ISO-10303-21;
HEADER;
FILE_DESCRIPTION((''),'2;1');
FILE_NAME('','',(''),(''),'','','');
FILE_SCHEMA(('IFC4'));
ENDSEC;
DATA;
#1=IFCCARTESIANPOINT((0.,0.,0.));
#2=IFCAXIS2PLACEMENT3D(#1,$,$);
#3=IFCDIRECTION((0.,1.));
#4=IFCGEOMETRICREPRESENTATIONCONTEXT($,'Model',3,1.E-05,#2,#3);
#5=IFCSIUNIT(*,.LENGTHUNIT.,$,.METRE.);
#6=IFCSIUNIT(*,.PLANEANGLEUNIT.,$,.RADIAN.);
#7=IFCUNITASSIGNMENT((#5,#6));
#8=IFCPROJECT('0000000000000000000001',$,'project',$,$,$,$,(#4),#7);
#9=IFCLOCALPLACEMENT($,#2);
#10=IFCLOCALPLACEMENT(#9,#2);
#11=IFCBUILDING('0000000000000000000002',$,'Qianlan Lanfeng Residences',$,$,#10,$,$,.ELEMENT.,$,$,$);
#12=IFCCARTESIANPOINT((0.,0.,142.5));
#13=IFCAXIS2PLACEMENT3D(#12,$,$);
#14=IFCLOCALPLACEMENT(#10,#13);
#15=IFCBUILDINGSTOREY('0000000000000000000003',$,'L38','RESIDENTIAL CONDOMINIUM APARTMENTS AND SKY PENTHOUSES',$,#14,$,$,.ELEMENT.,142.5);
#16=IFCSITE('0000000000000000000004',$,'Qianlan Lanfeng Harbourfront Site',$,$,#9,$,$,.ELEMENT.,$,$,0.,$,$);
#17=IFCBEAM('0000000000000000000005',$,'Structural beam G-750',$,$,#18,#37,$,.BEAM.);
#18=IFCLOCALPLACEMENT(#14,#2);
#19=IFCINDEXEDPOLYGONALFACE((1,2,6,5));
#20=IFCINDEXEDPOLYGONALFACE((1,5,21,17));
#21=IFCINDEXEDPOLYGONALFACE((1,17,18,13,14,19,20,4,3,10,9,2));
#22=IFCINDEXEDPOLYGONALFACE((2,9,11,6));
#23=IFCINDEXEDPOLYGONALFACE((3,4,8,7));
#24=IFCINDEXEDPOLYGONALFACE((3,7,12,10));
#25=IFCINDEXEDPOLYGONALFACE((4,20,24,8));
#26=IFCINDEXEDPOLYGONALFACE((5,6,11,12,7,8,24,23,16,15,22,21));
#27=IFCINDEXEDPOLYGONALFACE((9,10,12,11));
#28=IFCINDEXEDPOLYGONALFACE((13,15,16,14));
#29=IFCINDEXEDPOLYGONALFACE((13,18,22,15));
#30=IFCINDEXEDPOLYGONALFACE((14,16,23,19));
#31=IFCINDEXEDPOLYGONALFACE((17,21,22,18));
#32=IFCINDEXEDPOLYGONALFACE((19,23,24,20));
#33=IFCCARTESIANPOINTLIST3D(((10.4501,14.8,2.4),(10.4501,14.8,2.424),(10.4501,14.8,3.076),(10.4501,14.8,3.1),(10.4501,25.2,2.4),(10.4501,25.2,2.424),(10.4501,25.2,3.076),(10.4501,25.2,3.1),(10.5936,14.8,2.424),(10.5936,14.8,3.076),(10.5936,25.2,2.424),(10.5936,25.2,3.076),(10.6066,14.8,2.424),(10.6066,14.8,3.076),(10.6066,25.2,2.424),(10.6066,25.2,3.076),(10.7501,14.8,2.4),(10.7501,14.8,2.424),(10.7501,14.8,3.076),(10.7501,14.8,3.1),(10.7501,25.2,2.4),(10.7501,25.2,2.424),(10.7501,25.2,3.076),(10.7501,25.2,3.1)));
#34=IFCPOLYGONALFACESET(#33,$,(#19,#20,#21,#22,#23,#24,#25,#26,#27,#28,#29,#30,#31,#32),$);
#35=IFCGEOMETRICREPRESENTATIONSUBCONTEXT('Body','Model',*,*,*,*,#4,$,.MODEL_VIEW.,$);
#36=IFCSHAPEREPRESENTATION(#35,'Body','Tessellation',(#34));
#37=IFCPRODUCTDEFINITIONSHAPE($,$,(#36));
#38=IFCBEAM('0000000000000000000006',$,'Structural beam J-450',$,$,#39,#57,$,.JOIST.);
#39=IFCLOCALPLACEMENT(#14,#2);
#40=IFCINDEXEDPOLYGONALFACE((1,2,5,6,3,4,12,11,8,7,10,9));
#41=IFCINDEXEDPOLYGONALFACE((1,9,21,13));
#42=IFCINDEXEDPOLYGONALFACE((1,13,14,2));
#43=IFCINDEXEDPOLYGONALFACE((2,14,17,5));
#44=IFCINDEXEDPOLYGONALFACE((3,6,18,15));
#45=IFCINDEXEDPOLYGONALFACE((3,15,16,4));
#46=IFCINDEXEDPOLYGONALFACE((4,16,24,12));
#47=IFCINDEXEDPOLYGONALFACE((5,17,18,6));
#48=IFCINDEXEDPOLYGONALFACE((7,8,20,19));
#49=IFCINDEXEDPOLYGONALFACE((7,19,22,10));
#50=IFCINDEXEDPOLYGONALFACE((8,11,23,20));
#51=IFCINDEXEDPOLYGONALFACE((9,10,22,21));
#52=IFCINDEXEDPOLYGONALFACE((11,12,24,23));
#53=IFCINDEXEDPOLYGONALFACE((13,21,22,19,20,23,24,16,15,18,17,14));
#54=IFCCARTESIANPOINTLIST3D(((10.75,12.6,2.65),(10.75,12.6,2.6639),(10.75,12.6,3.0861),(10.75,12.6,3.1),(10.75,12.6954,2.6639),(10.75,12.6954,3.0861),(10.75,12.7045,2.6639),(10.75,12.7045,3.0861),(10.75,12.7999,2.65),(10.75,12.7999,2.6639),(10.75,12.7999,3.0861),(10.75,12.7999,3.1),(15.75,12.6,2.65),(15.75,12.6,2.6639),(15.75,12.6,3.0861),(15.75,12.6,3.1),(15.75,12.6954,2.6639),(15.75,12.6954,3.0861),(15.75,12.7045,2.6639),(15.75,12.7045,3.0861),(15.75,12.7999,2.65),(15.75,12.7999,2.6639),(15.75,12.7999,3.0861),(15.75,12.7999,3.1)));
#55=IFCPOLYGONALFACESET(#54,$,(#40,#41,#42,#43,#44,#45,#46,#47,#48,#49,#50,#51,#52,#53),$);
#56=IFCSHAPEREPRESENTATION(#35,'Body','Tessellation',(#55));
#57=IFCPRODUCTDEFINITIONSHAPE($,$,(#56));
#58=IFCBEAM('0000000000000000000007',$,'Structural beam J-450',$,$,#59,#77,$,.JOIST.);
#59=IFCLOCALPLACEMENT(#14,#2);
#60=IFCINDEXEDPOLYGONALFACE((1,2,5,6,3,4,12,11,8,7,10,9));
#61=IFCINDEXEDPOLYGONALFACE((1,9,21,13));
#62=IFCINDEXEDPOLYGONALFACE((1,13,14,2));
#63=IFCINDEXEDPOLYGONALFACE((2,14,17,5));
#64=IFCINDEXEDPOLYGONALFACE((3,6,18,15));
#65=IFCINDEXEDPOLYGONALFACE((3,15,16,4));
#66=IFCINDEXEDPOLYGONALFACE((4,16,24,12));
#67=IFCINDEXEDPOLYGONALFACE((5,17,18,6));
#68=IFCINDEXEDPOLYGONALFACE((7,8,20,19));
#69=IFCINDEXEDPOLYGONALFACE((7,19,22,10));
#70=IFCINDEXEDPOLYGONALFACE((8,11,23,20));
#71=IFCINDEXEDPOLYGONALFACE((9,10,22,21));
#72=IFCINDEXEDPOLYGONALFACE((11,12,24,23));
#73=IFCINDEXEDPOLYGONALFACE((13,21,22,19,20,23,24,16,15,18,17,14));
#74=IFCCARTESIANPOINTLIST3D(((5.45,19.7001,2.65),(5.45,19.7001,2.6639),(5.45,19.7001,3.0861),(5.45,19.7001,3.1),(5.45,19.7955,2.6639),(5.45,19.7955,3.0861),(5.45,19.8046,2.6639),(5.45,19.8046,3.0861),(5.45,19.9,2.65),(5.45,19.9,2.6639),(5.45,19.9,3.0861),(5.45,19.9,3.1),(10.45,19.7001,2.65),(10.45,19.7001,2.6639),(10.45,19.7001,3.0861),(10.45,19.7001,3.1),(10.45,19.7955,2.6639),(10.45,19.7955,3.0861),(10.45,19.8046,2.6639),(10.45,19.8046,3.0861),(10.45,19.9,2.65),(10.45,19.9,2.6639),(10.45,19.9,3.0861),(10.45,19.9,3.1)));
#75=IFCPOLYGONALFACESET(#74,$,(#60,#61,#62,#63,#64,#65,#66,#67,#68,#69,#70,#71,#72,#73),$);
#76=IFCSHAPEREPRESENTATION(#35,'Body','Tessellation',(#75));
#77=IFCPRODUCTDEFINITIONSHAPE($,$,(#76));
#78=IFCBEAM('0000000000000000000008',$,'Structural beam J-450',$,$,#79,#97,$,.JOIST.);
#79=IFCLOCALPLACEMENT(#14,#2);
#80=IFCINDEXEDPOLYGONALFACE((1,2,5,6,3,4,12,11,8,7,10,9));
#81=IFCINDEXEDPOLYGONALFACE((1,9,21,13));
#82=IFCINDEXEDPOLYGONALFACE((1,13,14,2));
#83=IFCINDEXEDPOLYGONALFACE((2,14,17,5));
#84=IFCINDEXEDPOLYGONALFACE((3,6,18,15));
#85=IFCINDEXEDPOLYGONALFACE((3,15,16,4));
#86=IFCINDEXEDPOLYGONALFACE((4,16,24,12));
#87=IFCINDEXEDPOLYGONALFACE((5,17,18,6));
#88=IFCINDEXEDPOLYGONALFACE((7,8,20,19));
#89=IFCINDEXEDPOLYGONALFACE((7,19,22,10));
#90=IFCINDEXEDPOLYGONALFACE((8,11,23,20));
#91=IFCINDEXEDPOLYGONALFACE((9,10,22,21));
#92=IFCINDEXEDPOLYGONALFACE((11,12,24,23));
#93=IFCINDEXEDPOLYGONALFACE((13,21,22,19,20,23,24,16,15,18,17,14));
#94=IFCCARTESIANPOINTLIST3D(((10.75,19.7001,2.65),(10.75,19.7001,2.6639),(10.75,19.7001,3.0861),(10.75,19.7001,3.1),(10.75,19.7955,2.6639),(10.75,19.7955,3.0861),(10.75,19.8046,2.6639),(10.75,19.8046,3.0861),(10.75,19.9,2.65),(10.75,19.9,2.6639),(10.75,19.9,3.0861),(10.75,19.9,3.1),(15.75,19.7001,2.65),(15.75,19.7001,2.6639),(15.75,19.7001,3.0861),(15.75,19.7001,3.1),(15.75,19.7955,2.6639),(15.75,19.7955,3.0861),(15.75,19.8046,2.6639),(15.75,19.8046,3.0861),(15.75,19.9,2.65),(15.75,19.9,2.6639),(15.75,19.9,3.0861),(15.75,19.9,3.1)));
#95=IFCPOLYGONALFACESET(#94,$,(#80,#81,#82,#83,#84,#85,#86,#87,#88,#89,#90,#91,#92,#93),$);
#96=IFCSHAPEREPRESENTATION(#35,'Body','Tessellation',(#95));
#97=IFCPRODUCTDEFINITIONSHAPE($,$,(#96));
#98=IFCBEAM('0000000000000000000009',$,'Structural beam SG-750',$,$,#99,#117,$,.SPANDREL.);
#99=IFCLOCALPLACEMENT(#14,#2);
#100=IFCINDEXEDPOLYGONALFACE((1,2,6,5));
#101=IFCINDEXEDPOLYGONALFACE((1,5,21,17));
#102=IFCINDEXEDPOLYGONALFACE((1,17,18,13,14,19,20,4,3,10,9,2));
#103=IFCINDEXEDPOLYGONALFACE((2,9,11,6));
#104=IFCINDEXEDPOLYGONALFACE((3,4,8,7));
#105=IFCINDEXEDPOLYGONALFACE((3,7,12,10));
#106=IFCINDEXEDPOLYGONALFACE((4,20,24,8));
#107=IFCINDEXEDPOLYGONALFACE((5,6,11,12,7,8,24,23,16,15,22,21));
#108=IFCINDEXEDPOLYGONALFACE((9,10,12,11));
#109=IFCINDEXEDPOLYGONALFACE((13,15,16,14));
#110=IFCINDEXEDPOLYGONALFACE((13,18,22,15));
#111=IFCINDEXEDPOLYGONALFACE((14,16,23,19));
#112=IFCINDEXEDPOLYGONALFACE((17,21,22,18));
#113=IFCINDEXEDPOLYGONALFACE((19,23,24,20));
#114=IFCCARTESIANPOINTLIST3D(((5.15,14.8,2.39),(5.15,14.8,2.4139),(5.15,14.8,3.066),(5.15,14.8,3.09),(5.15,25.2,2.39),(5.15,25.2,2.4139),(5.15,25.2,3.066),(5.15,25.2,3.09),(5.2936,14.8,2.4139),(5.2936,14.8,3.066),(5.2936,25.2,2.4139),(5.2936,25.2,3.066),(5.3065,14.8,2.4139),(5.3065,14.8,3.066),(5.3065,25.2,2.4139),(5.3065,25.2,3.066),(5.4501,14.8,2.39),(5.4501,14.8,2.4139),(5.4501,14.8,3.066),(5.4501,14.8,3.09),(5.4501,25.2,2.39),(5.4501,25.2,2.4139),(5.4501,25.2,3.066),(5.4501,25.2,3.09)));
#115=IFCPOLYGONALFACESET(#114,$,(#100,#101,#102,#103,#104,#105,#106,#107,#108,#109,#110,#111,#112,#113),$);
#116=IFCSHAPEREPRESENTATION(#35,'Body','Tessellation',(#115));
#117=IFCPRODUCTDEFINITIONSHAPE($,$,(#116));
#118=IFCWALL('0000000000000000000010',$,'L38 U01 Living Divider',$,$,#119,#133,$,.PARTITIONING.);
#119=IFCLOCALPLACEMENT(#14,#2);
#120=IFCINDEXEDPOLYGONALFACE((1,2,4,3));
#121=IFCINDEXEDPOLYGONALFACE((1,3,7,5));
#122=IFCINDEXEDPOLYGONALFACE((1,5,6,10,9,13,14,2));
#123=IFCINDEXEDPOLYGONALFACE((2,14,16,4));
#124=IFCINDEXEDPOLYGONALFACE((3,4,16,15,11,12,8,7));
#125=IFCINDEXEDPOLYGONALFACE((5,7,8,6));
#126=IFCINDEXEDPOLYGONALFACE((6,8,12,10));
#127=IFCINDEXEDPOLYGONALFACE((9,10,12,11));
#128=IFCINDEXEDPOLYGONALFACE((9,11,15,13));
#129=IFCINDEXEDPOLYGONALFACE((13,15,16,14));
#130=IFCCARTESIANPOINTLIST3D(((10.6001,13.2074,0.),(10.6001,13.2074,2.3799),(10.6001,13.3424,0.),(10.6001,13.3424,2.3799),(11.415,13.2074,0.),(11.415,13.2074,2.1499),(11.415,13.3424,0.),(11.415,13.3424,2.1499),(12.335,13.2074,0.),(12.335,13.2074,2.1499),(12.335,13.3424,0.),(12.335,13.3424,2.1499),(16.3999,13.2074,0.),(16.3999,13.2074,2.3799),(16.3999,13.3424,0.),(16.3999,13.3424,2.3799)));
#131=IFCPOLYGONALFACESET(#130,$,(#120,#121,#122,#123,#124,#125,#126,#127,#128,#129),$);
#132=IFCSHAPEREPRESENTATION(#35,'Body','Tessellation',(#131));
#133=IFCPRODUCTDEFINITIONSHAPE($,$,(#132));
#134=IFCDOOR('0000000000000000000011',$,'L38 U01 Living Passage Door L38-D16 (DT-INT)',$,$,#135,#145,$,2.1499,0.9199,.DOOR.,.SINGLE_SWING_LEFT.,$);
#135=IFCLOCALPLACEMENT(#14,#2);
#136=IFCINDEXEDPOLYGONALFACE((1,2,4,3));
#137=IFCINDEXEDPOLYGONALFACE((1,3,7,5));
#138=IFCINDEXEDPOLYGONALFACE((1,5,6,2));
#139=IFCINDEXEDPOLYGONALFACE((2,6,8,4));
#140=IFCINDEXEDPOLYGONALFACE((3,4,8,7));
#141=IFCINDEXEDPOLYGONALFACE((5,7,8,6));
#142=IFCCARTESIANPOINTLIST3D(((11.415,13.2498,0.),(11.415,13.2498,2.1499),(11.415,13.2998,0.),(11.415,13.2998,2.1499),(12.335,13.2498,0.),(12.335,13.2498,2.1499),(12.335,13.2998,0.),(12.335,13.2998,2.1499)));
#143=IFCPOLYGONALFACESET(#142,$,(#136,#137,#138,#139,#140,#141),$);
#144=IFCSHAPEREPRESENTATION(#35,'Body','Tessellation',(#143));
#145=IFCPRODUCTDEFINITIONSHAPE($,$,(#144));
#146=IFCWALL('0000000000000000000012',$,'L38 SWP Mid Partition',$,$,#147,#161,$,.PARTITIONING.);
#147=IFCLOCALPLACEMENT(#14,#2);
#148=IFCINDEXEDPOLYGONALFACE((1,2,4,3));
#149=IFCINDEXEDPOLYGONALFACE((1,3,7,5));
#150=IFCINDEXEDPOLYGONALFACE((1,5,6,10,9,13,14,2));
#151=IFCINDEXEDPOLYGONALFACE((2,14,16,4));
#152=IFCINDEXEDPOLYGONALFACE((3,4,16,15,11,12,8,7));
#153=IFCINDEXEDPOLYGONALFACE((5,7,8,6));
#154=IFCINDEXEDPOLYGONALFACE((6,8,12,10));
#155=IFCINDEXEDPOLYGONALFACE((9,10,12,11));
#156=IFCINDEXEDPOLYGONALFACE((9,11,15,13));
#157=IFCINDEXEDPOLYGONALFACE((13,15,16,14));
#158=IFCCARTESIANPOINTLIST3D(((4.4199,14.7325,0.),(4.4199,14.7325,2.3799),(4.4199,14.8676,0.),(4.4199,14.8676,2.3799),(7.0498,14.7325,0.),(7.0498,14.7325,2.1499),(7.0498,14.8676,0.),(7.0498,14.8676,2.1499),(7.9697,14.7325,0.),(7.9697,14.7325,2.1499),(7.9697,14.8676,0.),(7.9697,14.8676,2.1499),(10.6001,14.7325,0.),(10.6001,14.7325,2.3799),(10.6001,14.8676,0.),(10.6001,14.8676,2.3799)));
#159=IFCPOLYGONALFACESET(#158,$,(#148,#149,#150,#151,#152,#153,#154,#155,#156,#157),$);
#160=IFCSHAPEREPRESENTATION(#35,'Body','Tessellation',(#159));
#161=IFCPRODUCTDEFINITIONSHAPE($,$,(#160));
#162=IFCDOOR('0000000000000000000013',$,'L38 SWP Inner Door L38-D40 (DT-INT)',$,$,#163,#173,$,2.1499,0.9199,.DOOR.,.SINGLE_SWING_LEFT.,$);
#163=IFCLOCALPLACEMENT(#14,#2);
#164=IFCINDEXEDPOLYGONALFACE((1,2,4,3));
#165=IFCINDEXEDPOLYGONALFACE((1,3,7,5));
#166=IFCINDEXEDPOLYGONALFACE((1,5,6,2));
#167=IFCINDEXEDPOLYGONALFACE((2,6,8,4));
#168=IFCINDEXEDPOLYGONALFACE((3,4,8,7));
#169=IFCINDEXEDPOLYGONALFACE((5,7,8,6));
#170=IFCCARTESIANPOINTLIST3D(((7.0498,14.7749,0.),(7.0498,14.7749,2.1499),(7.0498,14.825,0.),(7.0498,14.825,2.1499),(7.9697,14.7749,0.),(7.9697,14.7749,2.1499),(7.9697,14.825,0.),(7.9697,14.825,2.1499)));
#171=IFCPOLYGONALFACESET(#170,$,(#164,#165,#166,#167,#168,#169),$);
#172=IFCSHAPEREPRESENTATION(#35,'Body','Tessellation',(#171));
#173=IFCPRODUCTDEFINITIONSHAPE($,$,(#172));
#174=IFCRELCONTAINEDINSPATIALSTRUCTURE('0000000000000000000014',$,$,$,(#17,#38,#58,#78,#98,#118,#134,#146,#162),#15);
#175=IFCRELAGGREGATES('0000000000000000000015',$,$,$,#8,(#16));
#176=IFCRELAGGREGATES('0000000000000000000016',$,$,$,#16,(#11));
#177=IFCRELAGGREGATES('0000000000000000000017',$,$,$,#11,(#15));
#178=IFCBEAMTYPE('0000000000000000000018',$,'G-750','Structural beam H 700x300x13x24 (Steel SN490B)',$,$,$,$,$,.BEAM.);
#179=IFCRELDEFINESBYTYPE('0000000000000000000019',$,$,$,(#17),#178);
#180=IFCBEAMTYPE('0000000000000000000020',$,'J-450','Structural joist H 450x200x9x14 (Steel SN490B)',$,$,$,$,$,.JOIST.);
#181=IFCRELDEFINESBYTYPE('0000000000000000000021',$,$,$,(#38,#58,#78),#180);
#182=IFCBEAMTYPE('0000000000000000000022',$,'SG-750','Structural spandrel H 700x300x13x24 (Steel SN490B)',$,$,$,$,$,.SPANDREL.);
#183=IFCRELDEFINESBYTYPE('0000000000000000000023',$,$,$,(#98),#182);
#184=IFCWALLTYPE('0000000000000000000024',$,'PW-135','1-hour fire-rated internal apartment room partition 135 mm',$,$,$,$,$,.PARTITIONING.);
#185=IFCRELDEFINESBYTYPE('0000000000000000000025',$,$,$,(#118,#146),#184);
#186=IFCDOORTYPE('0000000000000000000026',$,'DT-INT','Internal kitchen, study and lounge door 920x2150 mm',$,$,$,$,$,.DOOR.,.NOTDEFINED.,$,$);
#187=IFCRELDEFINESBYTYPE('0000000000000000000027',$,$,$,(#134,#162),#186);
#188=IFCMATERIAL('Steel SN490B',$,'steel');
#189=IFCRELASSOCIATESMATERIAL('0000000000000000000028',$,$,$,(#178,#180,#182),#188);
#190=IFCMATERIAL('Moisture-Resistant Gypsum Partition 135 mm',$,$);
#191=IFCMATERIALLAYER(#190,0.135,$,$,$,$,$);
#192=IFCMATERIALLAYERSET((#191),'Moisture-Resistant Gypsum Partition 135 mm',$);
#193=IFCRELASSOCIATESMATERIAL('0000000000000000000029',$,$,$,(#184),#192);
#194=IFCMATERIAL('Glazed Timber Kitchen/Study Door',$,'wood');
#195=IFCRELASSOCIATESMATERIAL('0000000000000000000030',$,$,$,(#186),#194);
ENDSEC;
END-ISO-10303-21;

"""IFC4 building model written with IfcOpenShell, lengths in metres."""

from ifc_helpers import new_model, si_unit, direction, frame, frame_2d, origin, origin_2d, place, context, subcontext, project, spatial, rectangle, i_section, extrude, material, layer, layer_set, material_profile, profile_set, type_object, element, fill, save


model = new_model("IFC4")

# Units and contexts
model_context = context("Model", 3, precision=1e-05, world=origin(), true_north=direction((0.0, 1.0)))
body_context = subcontext(model_context, "Body", "Model", "MODEL_VIEW")
ifc_project = project(units=[si_unit("LENGTHUNIT", "METRE"), si_unit("PLANEANGLEUNIT", "RADIAN")], contexts=[model_context])

# Site, building, storey
site_placement = place(None, origin())
site = spatial("IfcSite", under=ifc_project, at=site_placement, Name="Qianlan Lanfeng Harbourfront Site", CompositionType="ELEMENT", RefElevation=0.0)
building_placement = place(site_placement, origin())
building = spatial("IfcBuilding", under=site, at=building_placement, Name="Qianlan Lanfeng Residences", CompositionType="ELEMENT")
storey_placement = place(building_placement, frame((0.0, 0.0, 142.5)))
storey = spatial("IfcBuildingStorey", under=building, at=storey_placement, Name="L38", Description="RESIDENTIAL CONDOMINIUM APARTMENTS AND SKY PENTHOUSES", CompositionType="ELEMENT", Elevation=142.5)

# Shared definitions
ifc_material_1 = material(Name="Steel SN490B", Category="steel")

# Beams
ifc_material_profile_1 = material_profile(ifc_material_1, i_section(OverallWidth=0.3, OverallDepth=0.7, WebThickness=0.0129, FlangeThickness=0.0239, at=origin_2d()), Name="H 700x300x13x24")
ifc_profile_set_1 = profile_set([ifc_material_profile_1], Name="Steel SN490B")
beam_type_1 = type_object("IfcBeamType", Name="G-750", Description="Structural beam H 700x300x13x24 (Steel SN490B)", PredefinedType="BEAM", material=ifc_profile_set_1)
beam_1_placement = place(storey_placement, frame((10.6001, 14.8, 2.75), z_axis=(0.0, 1.0, 0.0), x_axis=(-1.0, 0.0, 0.0)))
element("IfcBeam", 1, at=beam_1_placement, inside=storey, type_object=beam_type_1, Name="Structural beam G-750", PredefinedType="BEAM", context=body_context, shape_type="SweptSolid", body=[
    extrude(i_section(OverallWidth=0.3, OverallDepth=0.7, WebThickness=0.0129, FlangeThickness=0.0239, at=origin_2d()), origin(), (0.0, 0.0, 1.0), 10.3999),
])
ifc_material_profile_2 = material_profile(ifc_material_1, i_section(OverallWidth=0.2, OverallDepth=0.45, WebThickness=0.009, FlangeThickness=0.0139, at=origin_2d()), Name="H 450x200x9x14")
ifc_profile_set_2 = profile_set([ifc_material_profile_2], Name="Steel SN490B")
beam_type_2 = type_object("IfcBeamType", Name="J-450", Description="Structural joist H 450x200x9x14 (Steel SN490B)", PredefinedType="JOIST", material=ifc_profile_set_2)
for number, where, z_axis, x_axis, name in (
    (2, (10.75, 12.7, 2.875), (1.0, 0.0, 0.0), (0.0, 1.0, 0.0), "Structural beam J-450"),
    (3, (5.45, 19.8, 2.875), (1.0, 0.0, 0.0), (0.0, 1.0, 0.0), "Structural beam J-450"),
    (4, (10.75, 19.8, 2.875), (1.0, 0.0, 0.0), (0.0, 1.0, 0.0), "Structural beam J-450"),
):
    element("IfcBeam", number, at=place(storey_placement, frame(where, z_axis=z_axis, x_axis=x_axis)), inside=storey, type_object=beam_type_2, Name=name, PredefinedType="JOIST", context=body_context, shape_type="SweptSolid", body=[
        extrude(i_section(OverallWidth=0.2, OverallDepth=0.45, WebThickness=0.009, FlangeThickness=0.0139, at=origin_2d()), origin(), (0.0, 0.0, 1.0), 5.0),
    ])
ifc_material_profile_3 = material_profile(ifc_material_1, i_section(OverallWidth=0.3, OverallDepth=0.7, WebThickness=0.0129, FlangeThickness=0.0239, at=origin_2d()), Name="H 700x300x13x24")
ifc_profile_set_3 = profile_set([ifc_material_profile_3], Name="Steel SN490B")
beam_type_3 = type_object("IfcBeamType", Name="SG-750", Description="Structural spandrel H 700x300x13x24 (Steel SN490B)", PredefinedType="SPANDREL", material=ifc_profile_set_3)
beam_2_placement = place(storey_placement, frame((5.3, 14.8, 2.74), z_axis=(0.0, 1.0, 0.0), x_axis=(-1.0, 0.0, 0.0)))
element("IfcBeam", 5, at=beam_2_placement, inside=storey, type_object=beam_type_3, Name="Structural beam SG-750", PredefinedType="SPANDREL", context=body_context, shape_type="SweptSolid", body=[
    extrude(i_section(OverallWidth=0.3, OverallDepth=0.7, WebThickness=0.0129, FlangeThickness=0.0239, at=origin_2d()), origin(), (0.0, 0.0, 1.0), 10.3999),
])

# Walls, openings, doors
ifc_material_2 = material(Name="Moisture-Resistant Gypsum Partition 135 mm")
ifc_layer_1 = layer(ifc_material_2, 0.135)
ifc_layer_set_1 = layer_set([ifc_layer_1], Name="Moisture-Resistant Gypsum Partition 135 mm")
wall_type_1 = type_object("IfcWallType", Name="PW-135", Description="1-hour fire-rated internal apartment room partition 135 mm", PredefinedType="PARTITIONING", material=ifc_layer_set_1)
wall_1_placement = place(storey_placement, frame((10.6001, 13.2749, 0.0), z_axis=(0.0, 0.0, 1.0), x_axis=(1.0, 0.0, 0.0)))
wall_1 = element("IfcWall", 6, at=wall_1_placement, inside=storey, type_object=wall_type_1, Name="L38 U01 Living Divider", PredefinedType="PARTITIONING", context=body_context, shape_type="SweptSolid", body=[
    extrude(rectangle(XDim=5.7998, YDim=0.135, at=frame_2d((2.8999, 0.0))), origin(), (0.0, 0.0, 1.0), 2.3799),
])
opening_1_placement = place(wall_1_placement, frame((0.8149, 0.0, 0.0)))
opening_1 = element("IfcOpeningElement", 7, at=opening_1_placement, cuts=wall_1, PredefinedType="OPENING", context=body_context, shape_type="SweptSolid", body=[
    extrude(rectangle(XDim=0.9199, YDim=2.1499, at=frame_2d((0.46, 1.075))), frame((0.0, 0.0776, 0.0), z_axis=(0.0, -1.0, 0.0), x_axis=(1.0, 0.0, 0.0)), (0.0, 0.0, 1.0), 0.155),
])
ifc_material_3 = material(Name="Glazed Timber Kitchen/Study Door", Category="wood")
door_type_1 = type_object("IfcDoorType", Name="DT-INT", Description="Internal kitchen, study and lounge door 920x2150 mm", OperationType="NOTDEFINED", PredefinedType="DOOR", material=ifc_material_3)
door_1_placement = place(opening_1_placement, origin())
door_1 = element("IfcDoor", 8, at=door_1_placement, inside=storey, type_object=door_type_1, Name="L38 U01 Living Passage Door L38-D16 (DT-INT)", OperationType="SINGLE_SWING_LEFT", OverallHeight=2.1499, OverallWidth=0.9199, PredefinedType="DOOR", context=body_context, shape_type="SweptSolid", body=[
    extrude(rectangle(XDim=0.9199, YDim=2.1499, at=frame_2d((0.46, 1.075))), frame((0.0, 0.0249, 0.0), z_axis=(0.0, -1.0, 0.0), x_axis=(1.0, 0.0, 0.0)), (0.0, 0.0, 1.0), 0.05),
])
fill(opening_1, door_1)
wall_2_placement = place(storey_placement, frame((4.4199, 14.8, 0.0), z_axis=(0.0, 0.0, 1.0), x_axis=(1.0, 0.0, 0.0)))
wall_2 = element("IfcWall", 9, at=wall_2_placement, inside=storey, type_object=wall_type_1, Name="L38 SWP Mid Partition", PredefinedType="PARTITIONING", context=body_context, shape_type="SweptSolid", body=[
    extrude(rectangle(XDim=6.1802, YDim=0.135, at=frame_2d((3.0901, 0.0))), origin(), (0.0, 0.0, 1.0), 2.3799),
])
opening_2_placement = place(wall_2_placement, frame((2.6299, 0.0, 0.0)))
opening_2 = element("IfcOpeningElement", 10, at=opening_2_placement, cuts=wall_2, PredefinedType="OPENING", context=body_context, shape_type="SweptSolid", body=[
    extrude(rectangle(XDim=0.9199, YDim=2.1499, at=frame_2d((0.46, 1.075))), frame((0.0, 0.0776, 0.0), z_axis=(0.0, -1.0, 0.0), x_axis=(1.0, 0.0, 0.0)), (0.0, 0.0, 1.0), 0.155),
])
door_2_placement = place(opening_2_placement, origin())
door_2 = element("IfcDoor", 11, at=door_2_placement, inside=storey, type_object=door_type_1, Name="L38 SWP Inner Door L38-D40 (DT-INT)", OperationType="SINGLE_SWING_LEFT", OverallHeight=2.1499, OverallWidth=0.9199, PredefinedType="DOOR", context=body_context, shape_type="SweptSolid", body=[
    extrude(rectangle(XDim=0.9199, YDim=2.1499, at=frame_2d((0.46, 1.075))), frame((0.0, 0.0249, 0.0), z_axis=(0.0, -1.0, 0.0), x_axis=(1.0, 0.0, 0.0)), (0.0, 0.0, 1.0), 0.05),
])
fill(opening_2, door_2)

save(model, "model.ifc")
